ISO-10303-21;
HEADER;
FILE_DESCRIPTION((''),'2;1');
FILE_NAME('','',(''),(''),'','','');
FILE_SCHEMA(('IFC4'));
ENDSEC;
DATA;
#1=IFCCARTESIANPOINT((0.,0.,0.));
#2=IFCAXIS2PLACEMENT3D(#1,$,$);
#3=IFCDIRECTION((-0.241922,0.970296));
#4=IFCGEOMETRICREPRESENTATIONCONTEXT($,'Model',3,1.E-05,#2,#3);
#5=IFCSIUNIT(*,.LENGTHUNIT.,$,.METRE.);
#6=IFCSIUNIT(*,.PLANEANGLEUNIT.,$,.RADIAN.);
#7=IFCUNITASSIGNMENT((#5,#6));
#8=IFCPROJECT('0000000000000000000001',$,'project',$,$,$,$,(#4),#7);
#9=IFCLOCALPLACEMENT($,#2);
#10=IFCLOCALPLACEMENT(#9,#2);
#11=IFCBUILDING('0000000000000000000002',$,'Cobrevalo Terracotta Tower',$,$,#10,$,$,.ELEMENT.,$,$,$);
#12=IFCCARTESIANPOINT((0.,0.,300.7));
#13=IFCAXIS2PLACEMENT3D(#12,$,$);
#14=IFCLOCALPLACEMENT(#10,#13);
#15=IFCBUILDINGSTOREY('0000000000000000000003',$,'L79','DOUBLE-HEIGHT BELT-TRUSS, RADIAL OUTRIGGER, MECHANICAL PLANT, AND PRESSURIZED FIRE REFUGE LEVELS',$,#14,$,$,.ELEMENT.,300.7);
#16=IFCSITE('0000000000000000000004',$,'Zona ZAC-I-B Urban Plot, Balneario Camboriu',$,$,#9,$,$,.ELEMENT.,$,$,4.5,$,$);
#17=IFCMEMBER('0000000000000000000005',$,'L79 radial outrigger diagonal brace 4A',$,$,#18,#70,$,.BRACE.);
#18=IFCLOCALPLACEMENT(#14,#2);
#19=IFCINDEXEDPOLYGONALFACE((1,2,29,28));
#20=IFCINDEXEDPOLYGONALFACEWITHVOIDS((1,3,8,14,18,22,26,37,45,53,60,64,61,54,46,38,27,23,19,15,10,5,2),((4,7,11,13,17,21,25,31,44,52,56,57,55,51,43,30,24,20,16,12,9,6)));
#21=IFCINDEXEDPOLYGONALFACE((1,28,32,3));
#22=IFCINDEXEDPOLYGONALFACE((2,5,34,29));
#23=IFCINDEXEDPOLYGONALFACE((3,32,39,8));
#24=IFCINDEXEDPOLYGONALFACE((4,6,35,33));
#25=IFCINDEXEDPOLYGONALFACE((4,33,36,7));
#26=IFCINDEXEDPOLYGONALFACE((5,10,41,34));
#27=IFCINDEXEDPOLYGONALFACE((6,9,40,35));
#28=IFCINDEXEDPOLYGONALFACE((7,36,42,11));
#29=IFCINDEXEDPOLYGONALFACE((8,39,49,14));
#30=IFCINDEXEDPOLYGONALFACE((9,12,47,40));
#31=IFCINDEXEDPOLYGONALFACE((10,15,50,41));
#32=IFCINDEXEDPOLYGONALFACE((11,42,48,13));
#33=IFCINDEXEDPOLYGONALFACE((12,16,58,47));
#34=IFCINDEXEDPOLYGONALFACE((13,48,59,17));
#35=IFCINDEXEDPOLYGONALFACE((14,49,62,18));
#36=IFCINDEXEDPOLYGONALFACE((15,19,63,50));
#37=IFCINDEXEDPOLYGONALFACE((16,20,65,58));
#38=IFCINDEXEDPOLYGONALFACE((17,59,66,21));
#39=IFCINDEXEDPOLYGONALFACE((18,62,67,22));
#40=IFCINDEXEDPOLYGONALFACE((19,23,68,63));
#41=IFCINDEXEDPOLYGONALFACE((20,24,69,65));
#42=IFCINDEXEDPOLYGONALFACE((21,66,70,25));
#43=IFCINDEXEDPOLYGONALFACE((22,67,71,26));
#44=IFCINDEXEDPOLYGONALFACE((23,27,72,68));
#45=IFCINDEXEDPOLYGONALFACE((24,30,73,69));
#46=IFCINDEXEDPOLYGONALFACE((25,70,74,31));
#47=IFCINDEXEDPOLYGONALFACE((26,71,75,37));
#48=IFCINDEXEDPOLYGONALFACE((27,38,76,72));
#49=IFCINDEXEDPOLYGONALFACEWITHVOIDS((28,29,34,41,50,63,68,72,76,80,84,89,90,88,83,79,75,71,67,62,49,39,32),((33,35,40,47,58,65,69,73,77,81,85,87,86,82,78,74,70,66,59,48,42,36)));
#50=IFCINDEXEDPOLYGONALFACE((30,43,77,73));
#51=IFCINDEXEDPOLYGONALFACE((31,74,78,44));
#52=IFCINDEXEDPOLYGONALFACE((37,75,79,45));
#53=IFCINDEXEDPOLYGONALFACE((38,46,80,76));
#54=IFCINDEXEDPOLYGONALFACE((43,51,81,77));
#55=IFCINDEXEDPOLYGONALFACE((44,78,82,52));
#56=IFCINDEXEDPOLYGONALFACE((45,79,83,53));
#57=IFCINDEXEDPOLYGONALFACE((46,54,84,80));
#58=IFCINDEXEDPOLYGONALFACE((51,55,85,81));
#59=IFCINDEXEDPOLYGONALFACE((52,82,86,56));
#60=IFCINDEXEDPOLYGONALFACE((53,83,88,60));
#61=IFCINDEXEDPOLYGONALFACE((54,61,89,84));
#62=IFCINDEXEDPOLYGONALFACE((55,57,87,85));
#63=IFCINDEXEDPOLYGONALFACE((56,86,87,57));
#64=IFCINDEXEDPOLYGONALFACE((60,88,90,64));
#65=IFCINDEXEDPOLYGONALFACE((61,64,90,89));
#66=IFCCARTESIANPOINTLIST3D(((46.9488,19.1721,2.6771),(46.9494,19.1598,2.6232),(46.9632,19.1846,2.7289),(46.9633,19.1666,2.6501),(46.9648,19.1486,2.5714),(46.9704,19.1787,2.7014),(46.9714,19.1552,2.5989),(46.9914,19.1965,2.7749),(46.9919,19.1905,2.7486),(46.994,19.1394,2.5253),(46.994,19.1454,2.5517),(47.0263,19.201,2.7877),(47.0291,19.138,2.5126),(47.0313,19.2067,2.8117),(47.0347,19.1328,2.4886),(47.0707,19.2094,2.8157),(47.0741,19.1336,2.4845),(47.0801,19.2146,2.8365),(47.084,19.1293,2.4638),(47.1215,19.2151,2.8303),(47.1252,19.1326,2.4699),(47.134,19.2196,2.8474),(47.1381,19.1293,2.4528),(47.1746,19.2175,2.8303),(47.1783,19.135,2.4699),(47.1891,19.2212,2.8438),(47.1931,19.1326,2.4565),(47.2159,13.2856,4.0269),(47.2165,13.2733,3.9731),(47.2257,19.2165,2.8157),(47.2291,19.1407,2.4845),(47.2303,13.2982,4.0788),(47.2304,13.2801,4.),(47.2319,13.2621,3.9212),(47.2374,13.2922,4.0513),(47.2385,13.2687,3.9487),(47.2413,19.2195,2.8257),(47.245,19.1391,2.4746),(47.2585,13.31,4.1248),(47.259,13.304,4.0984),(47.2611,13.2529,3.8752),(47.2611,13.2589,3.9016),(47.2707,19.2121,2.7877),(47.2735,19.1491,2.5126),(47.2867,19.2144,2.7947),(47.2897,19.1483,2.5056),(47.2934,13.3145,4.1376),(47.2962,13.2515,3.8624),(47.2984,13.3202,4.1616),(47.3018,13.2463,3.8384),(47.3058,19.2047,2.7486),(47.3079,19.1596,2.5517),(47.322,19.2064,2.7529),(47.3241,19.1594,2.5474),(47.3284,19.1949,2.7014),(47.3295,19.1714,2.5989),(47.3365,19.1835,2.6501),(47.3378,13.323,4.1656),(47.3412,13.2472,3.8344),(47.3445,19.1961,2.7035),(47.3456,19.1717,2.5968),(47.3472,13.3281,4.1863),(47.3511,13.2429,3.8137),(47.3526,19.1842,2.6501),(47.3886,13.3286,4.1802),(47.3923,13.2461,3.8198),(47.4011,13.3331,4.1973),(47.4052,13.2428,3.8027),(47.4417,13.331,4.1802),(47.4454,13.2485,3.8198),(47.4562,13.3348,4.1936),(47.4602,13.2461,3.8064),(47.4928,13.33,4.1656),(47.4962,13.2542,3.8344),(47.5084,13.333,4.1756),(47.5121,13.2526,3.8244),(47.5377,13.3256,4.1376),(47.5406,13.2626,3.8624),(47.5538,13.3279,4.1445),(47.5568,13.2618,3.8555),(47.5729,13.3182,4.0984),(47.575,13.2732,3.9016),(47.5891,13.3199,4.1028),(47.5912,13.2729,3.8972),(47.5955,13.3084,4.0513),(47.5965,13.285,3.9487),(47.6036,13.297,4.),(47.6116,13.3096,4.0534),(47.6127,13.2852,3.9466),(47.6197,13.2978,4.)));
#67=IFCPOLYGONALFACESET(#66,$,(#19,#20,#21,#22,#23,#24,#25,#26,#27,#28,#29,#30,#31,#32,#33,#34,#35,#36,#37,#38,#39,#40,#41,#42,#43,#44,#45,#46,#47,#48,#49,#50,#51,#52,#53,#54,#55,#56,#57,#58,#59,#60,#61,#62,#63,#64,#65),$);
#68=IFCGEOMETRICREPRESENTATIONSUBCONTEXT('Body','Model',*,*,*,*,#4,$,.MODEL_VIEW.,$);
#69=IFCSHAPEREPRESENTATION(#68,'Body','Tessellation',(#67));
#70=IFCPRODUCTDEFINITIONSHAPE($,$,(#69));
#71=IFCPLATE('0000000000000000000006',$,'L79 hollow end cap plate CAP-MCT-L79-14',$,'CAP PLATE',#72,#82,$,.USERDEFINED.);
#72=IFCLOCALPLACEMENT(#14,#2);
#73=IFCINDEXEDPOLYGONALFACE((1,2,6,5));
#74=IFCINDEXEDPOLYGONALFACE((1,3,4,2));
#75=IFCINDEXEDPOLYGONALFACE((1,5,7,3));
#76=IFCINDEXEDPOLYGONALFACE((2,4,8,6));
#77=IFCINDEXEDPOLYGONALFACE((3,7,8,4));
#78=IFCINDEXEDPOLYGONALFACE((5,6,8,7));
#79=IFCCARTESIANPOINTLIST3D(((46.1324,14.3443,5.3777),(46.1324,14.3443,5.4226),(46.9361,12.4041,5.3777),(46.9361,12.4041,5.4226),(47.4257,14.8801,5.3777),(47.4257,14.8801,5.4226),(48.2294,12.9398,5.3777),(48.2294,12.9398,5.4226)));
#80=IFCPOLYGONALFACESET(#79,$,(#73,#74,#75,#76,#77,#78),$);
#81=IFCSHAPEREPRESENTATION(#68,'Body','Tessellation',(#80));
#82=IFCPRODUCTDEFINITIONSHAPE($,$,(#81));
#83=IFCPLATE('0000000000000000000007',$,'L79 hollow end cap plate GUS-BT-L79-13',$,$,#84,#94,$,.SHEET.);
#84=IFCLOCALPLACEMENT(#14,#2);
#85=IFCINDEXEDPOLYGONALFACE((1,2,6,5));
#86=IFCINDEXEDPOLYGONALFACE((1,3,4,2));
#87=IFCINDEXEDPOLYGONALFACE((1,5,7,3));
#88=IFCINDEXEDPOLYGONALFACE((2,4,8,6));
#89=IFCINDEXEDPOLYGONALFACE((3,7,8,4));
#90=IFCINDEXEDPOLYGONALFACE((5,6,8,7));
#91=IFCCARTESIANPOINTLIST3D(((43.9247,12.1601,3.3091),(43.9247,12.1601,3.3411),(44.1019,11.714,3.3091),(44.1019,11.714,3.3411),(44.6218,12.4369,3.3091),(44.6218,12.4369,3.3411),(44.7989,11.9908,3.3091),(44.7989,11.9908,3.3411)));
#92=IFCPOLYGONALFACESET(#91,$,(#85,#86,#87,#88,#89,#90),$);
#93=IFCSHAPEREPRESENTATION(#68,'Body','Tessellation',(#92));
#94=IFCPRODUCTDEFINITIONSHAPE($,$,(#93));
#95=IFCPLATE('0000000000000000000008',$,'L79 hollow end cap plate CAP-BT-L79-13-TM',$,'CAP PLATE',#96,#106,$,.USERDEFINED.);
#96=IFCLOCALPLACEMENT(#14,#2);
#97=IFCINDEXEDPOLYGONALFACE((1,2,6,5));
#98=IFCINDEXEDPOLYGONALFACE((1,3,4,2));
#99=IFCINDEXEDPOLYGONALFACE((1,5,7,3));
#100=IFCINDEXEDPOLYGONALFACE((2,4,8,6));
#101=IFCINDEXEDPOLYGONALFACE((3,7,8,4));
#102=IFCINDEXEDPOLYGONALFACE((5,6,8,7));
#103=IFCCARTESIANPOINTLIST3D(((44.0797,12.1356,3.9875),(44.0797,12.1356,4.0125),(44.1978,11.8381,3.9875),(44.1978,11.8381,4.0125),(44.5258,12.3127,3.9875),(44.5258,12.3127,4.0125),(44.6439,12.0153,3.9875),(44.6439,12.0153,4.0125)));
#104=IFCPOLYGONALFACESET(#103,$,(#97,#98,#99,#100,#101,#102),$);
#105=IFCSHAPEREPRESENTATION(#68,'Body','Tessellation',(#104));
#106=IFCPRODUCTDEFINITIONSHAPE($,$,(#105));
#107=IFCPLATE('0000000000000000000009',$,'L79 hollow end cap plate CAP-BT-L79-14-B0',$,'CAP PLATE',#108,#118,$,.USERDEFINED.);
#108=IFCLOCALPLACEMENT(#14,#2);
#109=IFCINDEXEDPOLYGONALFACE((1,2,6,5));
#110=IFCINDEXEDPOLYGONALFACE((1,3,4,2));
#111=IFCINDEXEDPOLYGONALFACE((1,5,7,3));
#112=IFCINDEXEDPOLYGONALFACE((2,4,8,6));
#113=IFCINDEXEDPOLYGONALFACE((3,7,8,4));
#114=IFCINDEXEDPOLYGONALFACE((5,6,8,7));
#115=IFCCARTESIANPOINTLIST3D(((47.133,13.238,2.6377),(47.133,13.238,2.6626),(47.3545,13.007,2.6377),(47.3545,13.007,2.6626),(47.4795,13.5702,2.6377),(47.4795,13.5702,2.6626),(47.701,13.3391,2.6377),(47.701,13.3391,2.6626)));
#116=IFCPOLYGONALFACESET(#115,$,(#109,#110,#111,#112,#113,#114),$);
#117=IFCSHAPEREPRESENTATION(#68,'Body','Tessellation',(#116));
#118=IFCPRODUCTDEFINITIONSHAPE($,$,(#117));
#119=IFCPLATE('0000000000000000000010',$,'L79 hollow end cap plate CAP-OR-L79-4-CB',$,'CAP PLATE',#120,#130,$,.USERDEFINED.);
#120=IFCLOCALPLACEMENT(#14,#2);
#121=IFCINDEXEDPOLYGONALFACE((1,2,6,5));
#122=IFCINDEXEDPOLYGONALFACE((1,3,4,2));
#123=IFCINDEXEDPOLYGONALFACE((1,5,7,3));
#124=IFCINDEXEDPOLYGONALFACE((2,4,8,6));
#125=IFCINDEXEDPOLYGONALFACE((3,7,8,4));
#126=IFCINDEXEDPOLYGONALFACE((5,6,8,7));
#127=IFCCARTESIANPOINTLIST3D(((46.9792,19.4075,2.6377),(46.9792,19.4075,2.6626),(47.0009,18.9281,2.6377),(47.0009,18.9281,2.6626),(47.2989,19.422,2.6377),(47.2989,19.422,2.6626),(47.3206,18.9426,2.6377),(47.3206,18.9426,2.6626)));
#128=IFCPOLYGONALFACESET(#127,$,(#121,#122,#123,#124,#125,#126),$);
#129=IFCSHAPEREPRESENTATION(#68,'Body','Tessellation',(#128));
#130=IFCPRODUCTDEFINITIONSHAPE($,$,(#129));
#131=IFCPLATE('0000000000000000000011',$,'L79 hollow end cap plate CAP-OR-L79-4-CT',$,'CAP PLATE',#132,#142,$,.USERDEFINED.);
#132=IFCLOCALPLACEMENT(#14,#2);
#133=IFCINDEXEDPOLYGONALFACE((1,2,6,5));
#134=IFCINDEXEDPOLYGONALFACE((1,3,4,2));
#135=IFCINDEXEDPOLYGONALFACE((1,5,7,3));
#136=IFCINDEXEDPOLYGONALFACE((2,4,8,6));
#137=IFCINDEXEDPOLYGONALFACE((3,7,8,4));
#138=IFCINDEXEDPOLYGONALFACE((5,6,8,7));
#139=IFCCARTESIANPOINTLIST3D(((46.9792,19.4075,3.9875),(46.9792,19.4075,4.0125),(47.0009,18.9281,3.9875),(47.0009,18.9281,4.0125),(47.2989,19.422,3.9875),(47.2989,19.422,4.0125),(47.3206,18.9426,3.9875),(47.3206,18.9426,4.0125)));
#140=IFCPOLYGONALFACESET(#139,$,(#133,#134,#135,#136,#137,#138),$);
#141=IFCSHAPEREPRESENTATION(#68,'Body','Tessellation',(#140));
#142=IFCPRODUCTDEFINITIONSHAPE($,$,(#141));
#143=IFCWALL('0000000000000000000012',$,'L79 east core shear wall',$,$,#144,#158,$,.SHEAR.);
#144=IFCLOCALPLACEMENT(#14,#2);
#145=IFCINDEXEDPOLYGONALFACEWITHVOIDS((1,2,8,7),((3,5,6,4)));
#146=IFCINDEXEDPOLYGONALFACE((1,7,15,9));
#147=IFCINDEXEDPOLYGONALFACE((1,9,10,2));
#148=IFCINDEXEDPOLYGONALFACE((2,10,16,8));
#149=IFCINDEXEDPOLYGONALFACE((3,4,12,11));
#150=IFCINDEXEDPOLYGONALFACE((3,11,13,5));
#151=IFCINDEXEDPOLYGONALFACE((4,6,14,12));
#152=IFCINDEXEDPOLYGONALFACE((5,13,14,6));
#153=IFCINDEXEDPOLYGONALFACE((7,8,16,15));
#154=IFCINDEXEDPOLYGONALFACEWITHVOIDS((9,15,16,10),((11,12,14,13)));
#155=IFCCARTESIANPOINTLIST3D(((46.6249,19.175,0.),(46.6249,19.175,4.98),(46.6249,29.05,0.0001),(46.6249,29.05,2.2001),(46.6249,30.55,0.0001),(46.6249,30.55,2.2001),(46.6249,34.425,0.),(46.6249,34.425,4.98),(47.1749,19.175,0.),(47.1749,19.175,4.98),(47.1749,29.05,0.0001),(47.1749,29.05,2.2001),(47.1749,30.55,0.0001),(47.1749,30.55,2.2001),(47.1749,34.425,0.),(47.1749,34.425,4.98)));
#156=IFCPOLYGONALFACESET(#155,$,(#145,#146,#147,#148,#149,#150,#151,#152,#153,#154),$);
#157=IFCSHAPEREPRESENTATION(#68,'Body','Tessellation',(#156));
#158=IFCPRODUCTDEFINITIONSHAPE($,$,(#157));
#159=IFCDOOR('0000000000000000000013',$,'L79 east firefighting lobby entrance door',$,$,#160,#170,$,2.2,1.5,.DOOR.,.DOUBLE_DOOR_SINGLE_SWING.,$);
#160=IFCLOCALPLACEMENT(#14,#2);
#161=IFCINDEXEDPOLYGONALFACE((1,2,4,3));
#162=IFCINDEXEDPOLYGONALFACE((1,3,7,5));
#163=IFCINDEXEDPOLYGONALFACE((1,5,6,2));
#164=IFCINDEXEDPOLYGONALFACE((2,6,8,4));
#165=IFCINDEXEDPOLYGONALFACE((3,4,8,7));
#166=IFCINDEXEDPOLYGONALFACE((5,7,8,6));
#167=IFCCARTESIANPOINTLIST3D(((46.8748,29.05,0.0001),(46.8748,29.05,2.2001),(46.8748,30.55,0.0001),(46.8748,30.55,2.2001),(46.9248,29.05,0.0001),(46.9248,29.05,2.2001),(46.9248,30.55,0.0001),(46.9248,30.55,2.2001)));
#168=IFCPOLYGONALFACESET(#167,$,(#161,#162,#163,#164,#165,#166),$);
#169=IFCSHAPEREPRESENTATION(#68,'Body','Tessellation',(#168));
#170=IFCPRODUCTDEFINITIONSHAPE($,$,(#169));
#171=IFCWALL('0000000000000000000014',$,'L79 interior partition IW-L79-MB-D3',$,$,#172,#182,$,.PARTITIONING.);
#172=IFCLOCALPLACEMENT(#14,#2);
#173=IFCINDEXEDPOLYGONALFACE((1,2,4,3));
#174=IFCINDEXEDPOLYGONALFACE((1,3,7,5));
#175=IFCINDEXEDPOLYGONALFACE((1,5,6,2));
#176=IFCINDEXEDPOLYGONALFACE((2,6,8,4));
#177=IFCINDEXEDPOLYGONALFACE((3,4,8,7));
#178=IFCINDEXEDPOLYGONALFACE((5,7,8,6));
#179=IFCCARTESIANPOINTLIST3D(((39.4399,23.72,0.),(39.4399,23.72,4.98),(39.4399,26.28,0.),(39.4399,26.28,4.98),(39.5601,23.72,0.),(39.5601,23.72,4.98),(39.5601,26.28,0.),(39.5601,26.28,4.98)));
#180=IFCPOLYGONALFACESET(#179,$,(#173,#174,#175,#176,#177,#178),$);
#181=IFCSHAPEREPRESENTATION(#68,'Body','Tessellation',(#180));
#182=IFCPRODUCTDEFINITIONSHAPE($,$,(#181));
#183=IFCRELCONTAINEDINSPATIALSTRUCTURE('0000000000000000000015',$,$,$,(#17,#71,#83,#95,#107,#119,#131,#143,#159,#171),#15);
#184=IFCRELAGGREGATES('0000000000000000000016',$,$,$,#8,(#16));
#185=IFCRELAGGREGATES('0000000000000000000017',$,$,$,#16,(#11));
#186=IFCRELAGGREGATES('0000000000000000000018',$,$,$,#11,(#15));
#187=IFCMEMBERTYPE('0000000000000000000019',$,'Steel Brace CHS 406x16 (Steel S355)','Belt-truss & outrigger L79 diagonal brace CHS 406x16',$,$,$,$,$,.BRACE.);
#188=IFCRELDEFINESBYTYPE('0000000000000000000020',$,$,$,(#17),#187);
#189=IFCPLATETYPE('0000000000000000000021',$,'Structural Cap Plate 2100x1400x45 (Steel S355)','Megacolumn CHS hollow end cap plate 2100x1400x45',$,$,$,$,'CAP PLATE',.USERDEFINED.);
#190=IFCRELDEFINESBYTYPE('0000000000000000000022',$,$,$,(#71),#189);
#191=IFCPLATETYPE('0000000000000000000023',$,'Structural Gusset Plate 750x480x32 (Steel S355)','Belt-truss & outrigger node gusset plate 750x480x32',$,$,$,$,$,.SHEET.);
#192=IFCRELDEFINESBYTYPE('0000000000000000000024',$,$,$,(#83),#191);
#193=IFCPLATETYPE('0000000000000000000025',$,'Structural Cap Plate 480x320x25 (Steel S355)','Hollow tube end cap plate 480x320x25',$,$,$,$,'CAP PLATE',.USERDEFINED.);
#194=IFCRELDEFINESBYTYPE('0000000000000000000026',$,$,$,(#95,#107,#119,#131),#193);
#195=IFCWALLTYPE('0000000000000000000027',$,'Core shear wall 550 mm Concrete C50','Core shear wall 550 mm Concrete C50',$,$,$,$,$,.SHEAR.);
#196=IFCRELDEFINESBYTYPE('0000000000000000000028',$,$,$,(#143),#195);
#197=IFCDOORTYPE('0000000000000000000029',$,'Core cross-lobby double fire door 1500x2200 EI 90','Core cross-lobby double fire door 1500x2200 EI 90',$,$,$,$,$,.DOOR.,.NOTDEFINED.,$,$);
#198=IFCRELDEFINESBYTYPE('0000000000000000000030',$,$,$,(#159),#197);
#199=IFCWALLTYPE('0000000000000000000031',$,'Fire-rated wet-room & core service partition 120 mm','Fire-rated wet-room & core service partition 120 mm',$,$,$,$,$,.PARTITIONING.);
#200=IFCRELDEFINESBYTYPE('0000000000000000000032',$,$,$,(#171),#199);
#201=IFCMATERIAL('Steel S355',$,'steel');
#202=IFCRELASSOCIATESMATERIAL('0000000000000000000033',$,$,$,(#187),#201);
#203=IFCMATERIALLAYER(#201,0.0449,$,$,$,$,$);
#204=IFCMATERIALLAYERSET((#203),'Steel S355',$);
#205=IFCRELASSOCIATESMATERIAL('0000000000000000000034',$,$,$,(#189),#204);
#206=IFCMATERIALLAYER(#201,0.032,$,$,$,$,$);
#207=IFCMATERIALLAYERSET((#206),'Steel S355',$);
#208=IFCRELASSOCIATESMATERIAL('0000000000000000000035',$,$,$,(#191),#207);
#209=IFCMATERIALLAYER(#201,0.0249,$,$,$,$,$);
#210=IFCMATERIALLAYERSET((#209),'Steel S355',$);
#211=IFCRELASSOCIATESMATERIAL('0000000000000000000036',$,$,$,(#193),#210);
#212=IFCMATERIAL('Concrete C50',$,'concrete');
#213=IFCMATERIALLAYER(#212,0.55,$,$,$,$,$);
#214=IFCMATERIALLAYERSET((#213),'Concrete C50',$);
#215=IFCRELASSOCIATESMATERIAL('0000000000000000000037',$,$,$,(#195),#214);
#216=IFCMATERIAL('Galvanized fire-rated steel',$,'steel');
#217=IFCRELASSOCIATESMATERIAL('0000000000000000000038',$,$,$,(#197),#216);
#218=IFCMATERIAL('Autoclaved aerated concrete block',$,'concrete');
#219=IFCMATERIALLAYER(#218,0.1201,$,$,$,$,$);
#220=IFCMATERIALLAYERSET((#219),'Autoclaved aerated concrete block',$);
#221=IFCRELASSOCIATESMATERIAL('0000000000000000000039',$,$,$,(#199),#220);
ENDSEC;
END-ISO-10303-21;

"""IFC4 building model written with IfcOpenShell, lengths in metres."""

from ifc_helpers import new_model, si_unit, direction, frame, frame_2d, origin, origin_2d, place, context, subcontext, project, spatial, rectangle, hollow_circle, extrude, source, transform, mapped, material, layer, layer_set, material_profile, profile_set, type_object, element, fill, save


model = new_model("IFC4")

# Units and contexts
model_context = context("Model", 3, precision=1e-05, world=origin(), true_north=direction((-0.241922, 0.970296)))
body_context = subcontext(model_context, "Body", "Model", "MODEL_VIEW")
ifc_project = project(units=[si_unit("LENGTHUNIT", "METRE"), si_unit("PLANEANGLEUNIT", "RADIAN")], contexts=[model_context])

# Site, building, storey
site_placement = place(None, origin())
site = spatial("IfcSite", under=ifc_project, at=site_placement, Name="Zona ZAC-I-B Urban Plot, Balneario Camboriu", CompositionType="ELEMENT", RefElevation=4.5)
building_placement = place(site_placement, origin())
building = spatial("IfcBuilding", under=site, at=building_placement, Name="Cobrevalo Terracotta Tower", CompositionType="ELEMENT")
storey_placement = place(building_placement, frame((0.0, 0.0, 300.7)))
storey = spatial("IfcBuildingStorey", under=building, at=storey_placement, Name="L79", Description="DOUBLE-HEIGHT BELT-TRUSS, RADIAL OUTRIGGER, MECHANICAL PLANT, AND PRESSURIZED FIRE REFUGE LEVELS", CompositionType="ELEMENT", Elevation=300.7)

# Shared definitions
ifc_material_1 = material(Name="Steel S355", Category="steel")
ifc_material_2 = material(Name="Concrete C50", Category="concrete")

# Member
ifc_material_profile_1 = material_profile(ifc_material_1, hollow_circle(Radius=0.2029, WallThickness=0.0161, at=origin_2d()), Name="CHS 406x16")
ifc_profile_set_1 = profile_set([ifc_material_profile_1], Name="Steel S355")
member_type_1 = type_object("IfcMemberType", Name="Steel Brace CHS 406x16 (Steel S355)", Description="Belt-truss & outrigger L79 diagonal brace CHS 406x16", PredefinedType="BRACE", material=ifc_profile_set_1)
shared_shape_1 = source(origin(), body_context, "Body", "SweptSolid", [
    extrude(hollow_circle(Radius=0.2029, WallThickness=0.0161, at=origin_2d()), origin(), (0.0, 0.0, 1.0), 6.0452),
])
member_1_placement = place(storey_placement, frame((47.1499, 19.175, 2.6501), z_axis=(0.044182, -0.973749, 0.223295), x_axis=(0.998972, 0.045327, 0.0)))
element("IfcMember", 1, at=member_1_placement, inside=storey, type_object=member_type_1, Name="L79 radial outrigger diagonal brace 4A", PredefinedType="BRACE", context=body_context, shape_type="MappedRepresentation", body=[
    mapped(shared_shape_1, transform((0.0, 0.0, 0.0), scale=1.0)),
])

# Plates
ifc_layer_1 = layer(ifc_material_1, 0.0449)
ifc_layer_set_1 = layer_set([ifc_layer_1], Name="Steel S355")
plate_type_1 = type_object("IfcPlateType", Name="Structural Cap Plate 2100x1400x45 (Steel S355)", Description="Megacolumn CHS hollow end cap plate 2100x1400x45", ElementType="CAP PLATE", PredefinedType="USERDEFINED", material=ifc_layer_set_1)
shared_shape_2 = source(origin(), body_context, "Body", "SweptSolid", [
    extrude(rectangle(XDim=2.1001, YDim=1.3999, at=origin_2d()), origin(), (0.0, 0.0, 1.0), 0.0449),
])
plate_1_placement = place(storey_placement, frame((47.1809, 13.6421, 5.3777), z_axis=(0.0, 0.0, 1.0), x_axis=(0.382683, -0.92388, 0.0)))
element("IfcPlate", 2, at=plate_1_placement, inside=storey, type_object=plate_type_1, Name="L79 hollow end cap plate CAP-MCT-L79-14", ObjectType="CAP PLATE", PredefinedType="USERDEFINED", context=body_context, shape_type="MappedRepresentation", body=[
    mapped(shared_shape_2, transform((0.0, 0.0, 0.0), scale=1.0)),
])
ifc_layer_2 = layer(ifc_material_1, 0.032)
ifc_layer_set_2 = layer_set([ifc_layer_2], Name="Steel S355")
plate_type_2 = type_object("IfcPlateType", Name="Structural Gusset Plate 750x480x32 (Steel S355)", Description="Belt-truss & outrigger node gusset plate 750x480x32", PredefinedType="SHEET", material=ifc_layer_set_2)
shared_shape_3 = source(origin(), body_context, "Body", "SweptSolid", [
    extrude(rectangle(XDim=0.75, YDim=0.48, at=origin_2d()), origin(), (0.0, 0.0, 1.0), 0.032),
])
plate_2_placement = place(storey_placement, frame((44.3618, 12.0754, 3.3091), z_axis=(0.0, 0.0, 1.0), x_axis=(0.929401, 0.369072, 0.0)))
element("IfcPlate", 3, at=plate_2_placement, inside=storey, type_object=plate_type_2, Name="L79 hollow end cap plate GUS-BT-L79-13", PredefinedType="SHEET", context=body_context, shape_type="MappedRepresentation", body=[
    mapped(shared_shape_3, transform((0.0, 0.0, 0.0), scale=1.0)),
])
ifc_layer_3 = layer(ifc_material_1, 0.0249)
ifc_layer_set_3 = layer_set([ifc_layer_3], Name="Steel S355")
plate_type_3 = type_object("IfcPlateType", Name="Structural Cap Plate 480x320x25 (Steel S355)", Description="Hollow tube end cap plate 480x320x25", ElementType="CAP PLATE", PredefinedType="USERDEFINED", material=ifc_layer_set_3)
shared_shape_4 = source(origin(), body_context, "Body", "SweptSolid", [
    extrude(rectangle(XDim=0.48, YDim=0.3201, at=origin_2d()), origin(), (0.0, 0.0, 1.0), 0.0249),
])
for number, where, z_axis, x_axis, name in (
    (4, (44.3618, 12.0754, 3.9875), (0.0, 0.0, 1.0), (0.929401, 0.369072, 0.0), "L79 hollow end cap plate CAP-BT-L79-13-TM"),
    (5, (47.417, 13.2886, 2.6377), (0.0, 0.0, 1.0), (0.721856, 0.692044, 0.0), "L79 hollow end cap plate CAP-BT-L79-14-B0"),
    (6, (47.1499, 19.175, 2.6377), (0.0, 0.0, 1.0), (0.045298, -0.998973, 0.0), "L79 hollow end cap plate CAP-OR-L79-4-CB"),
    (7, (47.1499, 19.175, 3.9875), (0.0, 0.0, 1.0), (0.045298, -0.998973, 0.0), "L79 hollow end cap plate CAP-OR-L79-4-CT"),
):
    element("IfcPlate", number, at=place(storey_placement, frame(where, z_axis=z_axis, x_axis=x_axis)), inside=storey, type_object=plate_type_3, Name=name, ObjectType="CAP PLATE", PredefinedType="USERDEFINED", context=body_context, shape_type="MappedRepresentation", body=[
        mapped(shared_shape_4, transform((0.0, 0.0, 0.0), scale=1.0)),
    ])

# Wall, opening, door
ifc_layer_4 = layer(ifc_material_2, 0.55)
ifc_layer_set_4 = layer_set([ifc_layer_4], Name="Concrete C50")
wall_type_1 = type_object("IfcWallType", Name="Core shear wall 550 mm Concrete C50", Description="Core shear wall 550 mm Concrete C50", PredefinedType="SHEAR", material=ifc_layer_set_4)
wall_1_placement = place(storey_placement, frame((46.8999, 19.175, 0.0), z_axis=(0.0, 0.0, 1.0), x_axis=(0.0, 1.0, 0.0)))
wall_1 = element("IfcWall", 8, at=wall_1_placement, inside=storey, type_object=wall_type_1, Name="L79 east core shear wall", PredefinedType="SHEAR", context=body_context, shape_type="SweptSolid", body=[
    extrude(rectangle(XDim=15.25, YDim=0.55, at=frame_2d((7.625, 0.0))), origin(), (0.0, 0.0, 1.0), 4.98),
])
opening_1_placement = place(wall_1_placement, frame((9.875, 0.0, 0.0)))
opening_1 = element("IfcOpeningElement", 9, at=opening_1_placement, cuts=wall_1, PredefinedType="OPENING", context=body_context, shape_type="SweptSolid", body=[
    extrude(rectangle(XDim=1.5, YDim=2.2, at=frame_2d((0.75, 1.1001))), frame((0.0, 0.2852, 0.0), z_axis=(0.0, -1.0, 0.0), x_axis=(1.0, 0.0, 0.0)), (0.0, 0.0, 1.0), 0.5701),
])
ifc_material_3 = material(Name="Galvanized fire-rated steel", Category="steel")
door_type_1 = type_object("IfcDoorType", Name="Core cross-lobby double fire door 1500x2200 EI 90", Description="Core cross-lobby double fire door 1500x2200 EI 90", OperationType="NOTDEFINED", PredefinedType="DOOR", material=ifc_material_3)
shared_shape_5 = source(origin(), body_context, "Body", "SweptSolid", [
    extrude(rectangle(XDim=1.5, YDim=2.2, at=frame_2d((0.75, 1.1001))), frame((0.0, 0.0249, 0.0), z_axis=(0.0, -1.0, 0.0), x_axis=(1.0, 0.0, 0.0)), (0.0, 0.0, 1.0), 0.05),
])
door_1_placement = place(opening_1_placement, frame((1.5, 0.0, 0.0), z_axis=(0.0, 0.0, 1.0), x_axis=(-1.0, 0.0, 0.0)))
door_1 = element("IfcDoor", 10, at=door_1_placement, inside=storey, type_object=door_type_1, Name="L79 east firefighting lobby entrance door", OperationType="DOUBLE_DOOR_SINGLE_SWING", OverallHeight=2.2, OverallWidth=1.5, PredefinedType="DOOR", context=body_context, shape_type="MappedRepresentation", body=[
    mapped(shared_shape_5, transform((0.0, 0.0, 0.0), scale=1.0)),
])
fill(opening_1, door_1)

# Wall
ifc_material_4 = material(Name="Autoclaved aerated concrete block", Category="concrete")
ifc_layer_5 = layer(ifc_material_4, 0.1201)
ifc_layer_set_5 = layer_set([ifc_layer_5], Name="Autoclaved aerated concrete block")
wall_type_2 = type_object("IfcWallType", Name="Fire-rated wet-room & core service partition 120 mm", Description="Fire-rated wet-room & core service partition 120 mm", PredefinedType="PARTITIONING", material=ifc_layer_set_5)
wall_2_placement = place(storey_placement, frame((39.5, 23.72, 0.0), z_axis=(0.0, 0.0, 1.0), x_axis=(0.0, 1.0, 0.0)))
element("IfcWall", 11, at=wall_2_placement, inside=storey, type_object=wall_type_2, Name="L79 interior partition IW-L79-MB-D3", PredefinedType="PARTITIONING", context=body_context, shape_type="SweptSolid", body=[
    extrude(rectangle(XDim=2.5601, YDim=0.1201, at=frame_2d((1.28, 0.0))), origin(), (0.0, 0.0, 1.0), 4.98),
])

save(model, "model.ifc")
